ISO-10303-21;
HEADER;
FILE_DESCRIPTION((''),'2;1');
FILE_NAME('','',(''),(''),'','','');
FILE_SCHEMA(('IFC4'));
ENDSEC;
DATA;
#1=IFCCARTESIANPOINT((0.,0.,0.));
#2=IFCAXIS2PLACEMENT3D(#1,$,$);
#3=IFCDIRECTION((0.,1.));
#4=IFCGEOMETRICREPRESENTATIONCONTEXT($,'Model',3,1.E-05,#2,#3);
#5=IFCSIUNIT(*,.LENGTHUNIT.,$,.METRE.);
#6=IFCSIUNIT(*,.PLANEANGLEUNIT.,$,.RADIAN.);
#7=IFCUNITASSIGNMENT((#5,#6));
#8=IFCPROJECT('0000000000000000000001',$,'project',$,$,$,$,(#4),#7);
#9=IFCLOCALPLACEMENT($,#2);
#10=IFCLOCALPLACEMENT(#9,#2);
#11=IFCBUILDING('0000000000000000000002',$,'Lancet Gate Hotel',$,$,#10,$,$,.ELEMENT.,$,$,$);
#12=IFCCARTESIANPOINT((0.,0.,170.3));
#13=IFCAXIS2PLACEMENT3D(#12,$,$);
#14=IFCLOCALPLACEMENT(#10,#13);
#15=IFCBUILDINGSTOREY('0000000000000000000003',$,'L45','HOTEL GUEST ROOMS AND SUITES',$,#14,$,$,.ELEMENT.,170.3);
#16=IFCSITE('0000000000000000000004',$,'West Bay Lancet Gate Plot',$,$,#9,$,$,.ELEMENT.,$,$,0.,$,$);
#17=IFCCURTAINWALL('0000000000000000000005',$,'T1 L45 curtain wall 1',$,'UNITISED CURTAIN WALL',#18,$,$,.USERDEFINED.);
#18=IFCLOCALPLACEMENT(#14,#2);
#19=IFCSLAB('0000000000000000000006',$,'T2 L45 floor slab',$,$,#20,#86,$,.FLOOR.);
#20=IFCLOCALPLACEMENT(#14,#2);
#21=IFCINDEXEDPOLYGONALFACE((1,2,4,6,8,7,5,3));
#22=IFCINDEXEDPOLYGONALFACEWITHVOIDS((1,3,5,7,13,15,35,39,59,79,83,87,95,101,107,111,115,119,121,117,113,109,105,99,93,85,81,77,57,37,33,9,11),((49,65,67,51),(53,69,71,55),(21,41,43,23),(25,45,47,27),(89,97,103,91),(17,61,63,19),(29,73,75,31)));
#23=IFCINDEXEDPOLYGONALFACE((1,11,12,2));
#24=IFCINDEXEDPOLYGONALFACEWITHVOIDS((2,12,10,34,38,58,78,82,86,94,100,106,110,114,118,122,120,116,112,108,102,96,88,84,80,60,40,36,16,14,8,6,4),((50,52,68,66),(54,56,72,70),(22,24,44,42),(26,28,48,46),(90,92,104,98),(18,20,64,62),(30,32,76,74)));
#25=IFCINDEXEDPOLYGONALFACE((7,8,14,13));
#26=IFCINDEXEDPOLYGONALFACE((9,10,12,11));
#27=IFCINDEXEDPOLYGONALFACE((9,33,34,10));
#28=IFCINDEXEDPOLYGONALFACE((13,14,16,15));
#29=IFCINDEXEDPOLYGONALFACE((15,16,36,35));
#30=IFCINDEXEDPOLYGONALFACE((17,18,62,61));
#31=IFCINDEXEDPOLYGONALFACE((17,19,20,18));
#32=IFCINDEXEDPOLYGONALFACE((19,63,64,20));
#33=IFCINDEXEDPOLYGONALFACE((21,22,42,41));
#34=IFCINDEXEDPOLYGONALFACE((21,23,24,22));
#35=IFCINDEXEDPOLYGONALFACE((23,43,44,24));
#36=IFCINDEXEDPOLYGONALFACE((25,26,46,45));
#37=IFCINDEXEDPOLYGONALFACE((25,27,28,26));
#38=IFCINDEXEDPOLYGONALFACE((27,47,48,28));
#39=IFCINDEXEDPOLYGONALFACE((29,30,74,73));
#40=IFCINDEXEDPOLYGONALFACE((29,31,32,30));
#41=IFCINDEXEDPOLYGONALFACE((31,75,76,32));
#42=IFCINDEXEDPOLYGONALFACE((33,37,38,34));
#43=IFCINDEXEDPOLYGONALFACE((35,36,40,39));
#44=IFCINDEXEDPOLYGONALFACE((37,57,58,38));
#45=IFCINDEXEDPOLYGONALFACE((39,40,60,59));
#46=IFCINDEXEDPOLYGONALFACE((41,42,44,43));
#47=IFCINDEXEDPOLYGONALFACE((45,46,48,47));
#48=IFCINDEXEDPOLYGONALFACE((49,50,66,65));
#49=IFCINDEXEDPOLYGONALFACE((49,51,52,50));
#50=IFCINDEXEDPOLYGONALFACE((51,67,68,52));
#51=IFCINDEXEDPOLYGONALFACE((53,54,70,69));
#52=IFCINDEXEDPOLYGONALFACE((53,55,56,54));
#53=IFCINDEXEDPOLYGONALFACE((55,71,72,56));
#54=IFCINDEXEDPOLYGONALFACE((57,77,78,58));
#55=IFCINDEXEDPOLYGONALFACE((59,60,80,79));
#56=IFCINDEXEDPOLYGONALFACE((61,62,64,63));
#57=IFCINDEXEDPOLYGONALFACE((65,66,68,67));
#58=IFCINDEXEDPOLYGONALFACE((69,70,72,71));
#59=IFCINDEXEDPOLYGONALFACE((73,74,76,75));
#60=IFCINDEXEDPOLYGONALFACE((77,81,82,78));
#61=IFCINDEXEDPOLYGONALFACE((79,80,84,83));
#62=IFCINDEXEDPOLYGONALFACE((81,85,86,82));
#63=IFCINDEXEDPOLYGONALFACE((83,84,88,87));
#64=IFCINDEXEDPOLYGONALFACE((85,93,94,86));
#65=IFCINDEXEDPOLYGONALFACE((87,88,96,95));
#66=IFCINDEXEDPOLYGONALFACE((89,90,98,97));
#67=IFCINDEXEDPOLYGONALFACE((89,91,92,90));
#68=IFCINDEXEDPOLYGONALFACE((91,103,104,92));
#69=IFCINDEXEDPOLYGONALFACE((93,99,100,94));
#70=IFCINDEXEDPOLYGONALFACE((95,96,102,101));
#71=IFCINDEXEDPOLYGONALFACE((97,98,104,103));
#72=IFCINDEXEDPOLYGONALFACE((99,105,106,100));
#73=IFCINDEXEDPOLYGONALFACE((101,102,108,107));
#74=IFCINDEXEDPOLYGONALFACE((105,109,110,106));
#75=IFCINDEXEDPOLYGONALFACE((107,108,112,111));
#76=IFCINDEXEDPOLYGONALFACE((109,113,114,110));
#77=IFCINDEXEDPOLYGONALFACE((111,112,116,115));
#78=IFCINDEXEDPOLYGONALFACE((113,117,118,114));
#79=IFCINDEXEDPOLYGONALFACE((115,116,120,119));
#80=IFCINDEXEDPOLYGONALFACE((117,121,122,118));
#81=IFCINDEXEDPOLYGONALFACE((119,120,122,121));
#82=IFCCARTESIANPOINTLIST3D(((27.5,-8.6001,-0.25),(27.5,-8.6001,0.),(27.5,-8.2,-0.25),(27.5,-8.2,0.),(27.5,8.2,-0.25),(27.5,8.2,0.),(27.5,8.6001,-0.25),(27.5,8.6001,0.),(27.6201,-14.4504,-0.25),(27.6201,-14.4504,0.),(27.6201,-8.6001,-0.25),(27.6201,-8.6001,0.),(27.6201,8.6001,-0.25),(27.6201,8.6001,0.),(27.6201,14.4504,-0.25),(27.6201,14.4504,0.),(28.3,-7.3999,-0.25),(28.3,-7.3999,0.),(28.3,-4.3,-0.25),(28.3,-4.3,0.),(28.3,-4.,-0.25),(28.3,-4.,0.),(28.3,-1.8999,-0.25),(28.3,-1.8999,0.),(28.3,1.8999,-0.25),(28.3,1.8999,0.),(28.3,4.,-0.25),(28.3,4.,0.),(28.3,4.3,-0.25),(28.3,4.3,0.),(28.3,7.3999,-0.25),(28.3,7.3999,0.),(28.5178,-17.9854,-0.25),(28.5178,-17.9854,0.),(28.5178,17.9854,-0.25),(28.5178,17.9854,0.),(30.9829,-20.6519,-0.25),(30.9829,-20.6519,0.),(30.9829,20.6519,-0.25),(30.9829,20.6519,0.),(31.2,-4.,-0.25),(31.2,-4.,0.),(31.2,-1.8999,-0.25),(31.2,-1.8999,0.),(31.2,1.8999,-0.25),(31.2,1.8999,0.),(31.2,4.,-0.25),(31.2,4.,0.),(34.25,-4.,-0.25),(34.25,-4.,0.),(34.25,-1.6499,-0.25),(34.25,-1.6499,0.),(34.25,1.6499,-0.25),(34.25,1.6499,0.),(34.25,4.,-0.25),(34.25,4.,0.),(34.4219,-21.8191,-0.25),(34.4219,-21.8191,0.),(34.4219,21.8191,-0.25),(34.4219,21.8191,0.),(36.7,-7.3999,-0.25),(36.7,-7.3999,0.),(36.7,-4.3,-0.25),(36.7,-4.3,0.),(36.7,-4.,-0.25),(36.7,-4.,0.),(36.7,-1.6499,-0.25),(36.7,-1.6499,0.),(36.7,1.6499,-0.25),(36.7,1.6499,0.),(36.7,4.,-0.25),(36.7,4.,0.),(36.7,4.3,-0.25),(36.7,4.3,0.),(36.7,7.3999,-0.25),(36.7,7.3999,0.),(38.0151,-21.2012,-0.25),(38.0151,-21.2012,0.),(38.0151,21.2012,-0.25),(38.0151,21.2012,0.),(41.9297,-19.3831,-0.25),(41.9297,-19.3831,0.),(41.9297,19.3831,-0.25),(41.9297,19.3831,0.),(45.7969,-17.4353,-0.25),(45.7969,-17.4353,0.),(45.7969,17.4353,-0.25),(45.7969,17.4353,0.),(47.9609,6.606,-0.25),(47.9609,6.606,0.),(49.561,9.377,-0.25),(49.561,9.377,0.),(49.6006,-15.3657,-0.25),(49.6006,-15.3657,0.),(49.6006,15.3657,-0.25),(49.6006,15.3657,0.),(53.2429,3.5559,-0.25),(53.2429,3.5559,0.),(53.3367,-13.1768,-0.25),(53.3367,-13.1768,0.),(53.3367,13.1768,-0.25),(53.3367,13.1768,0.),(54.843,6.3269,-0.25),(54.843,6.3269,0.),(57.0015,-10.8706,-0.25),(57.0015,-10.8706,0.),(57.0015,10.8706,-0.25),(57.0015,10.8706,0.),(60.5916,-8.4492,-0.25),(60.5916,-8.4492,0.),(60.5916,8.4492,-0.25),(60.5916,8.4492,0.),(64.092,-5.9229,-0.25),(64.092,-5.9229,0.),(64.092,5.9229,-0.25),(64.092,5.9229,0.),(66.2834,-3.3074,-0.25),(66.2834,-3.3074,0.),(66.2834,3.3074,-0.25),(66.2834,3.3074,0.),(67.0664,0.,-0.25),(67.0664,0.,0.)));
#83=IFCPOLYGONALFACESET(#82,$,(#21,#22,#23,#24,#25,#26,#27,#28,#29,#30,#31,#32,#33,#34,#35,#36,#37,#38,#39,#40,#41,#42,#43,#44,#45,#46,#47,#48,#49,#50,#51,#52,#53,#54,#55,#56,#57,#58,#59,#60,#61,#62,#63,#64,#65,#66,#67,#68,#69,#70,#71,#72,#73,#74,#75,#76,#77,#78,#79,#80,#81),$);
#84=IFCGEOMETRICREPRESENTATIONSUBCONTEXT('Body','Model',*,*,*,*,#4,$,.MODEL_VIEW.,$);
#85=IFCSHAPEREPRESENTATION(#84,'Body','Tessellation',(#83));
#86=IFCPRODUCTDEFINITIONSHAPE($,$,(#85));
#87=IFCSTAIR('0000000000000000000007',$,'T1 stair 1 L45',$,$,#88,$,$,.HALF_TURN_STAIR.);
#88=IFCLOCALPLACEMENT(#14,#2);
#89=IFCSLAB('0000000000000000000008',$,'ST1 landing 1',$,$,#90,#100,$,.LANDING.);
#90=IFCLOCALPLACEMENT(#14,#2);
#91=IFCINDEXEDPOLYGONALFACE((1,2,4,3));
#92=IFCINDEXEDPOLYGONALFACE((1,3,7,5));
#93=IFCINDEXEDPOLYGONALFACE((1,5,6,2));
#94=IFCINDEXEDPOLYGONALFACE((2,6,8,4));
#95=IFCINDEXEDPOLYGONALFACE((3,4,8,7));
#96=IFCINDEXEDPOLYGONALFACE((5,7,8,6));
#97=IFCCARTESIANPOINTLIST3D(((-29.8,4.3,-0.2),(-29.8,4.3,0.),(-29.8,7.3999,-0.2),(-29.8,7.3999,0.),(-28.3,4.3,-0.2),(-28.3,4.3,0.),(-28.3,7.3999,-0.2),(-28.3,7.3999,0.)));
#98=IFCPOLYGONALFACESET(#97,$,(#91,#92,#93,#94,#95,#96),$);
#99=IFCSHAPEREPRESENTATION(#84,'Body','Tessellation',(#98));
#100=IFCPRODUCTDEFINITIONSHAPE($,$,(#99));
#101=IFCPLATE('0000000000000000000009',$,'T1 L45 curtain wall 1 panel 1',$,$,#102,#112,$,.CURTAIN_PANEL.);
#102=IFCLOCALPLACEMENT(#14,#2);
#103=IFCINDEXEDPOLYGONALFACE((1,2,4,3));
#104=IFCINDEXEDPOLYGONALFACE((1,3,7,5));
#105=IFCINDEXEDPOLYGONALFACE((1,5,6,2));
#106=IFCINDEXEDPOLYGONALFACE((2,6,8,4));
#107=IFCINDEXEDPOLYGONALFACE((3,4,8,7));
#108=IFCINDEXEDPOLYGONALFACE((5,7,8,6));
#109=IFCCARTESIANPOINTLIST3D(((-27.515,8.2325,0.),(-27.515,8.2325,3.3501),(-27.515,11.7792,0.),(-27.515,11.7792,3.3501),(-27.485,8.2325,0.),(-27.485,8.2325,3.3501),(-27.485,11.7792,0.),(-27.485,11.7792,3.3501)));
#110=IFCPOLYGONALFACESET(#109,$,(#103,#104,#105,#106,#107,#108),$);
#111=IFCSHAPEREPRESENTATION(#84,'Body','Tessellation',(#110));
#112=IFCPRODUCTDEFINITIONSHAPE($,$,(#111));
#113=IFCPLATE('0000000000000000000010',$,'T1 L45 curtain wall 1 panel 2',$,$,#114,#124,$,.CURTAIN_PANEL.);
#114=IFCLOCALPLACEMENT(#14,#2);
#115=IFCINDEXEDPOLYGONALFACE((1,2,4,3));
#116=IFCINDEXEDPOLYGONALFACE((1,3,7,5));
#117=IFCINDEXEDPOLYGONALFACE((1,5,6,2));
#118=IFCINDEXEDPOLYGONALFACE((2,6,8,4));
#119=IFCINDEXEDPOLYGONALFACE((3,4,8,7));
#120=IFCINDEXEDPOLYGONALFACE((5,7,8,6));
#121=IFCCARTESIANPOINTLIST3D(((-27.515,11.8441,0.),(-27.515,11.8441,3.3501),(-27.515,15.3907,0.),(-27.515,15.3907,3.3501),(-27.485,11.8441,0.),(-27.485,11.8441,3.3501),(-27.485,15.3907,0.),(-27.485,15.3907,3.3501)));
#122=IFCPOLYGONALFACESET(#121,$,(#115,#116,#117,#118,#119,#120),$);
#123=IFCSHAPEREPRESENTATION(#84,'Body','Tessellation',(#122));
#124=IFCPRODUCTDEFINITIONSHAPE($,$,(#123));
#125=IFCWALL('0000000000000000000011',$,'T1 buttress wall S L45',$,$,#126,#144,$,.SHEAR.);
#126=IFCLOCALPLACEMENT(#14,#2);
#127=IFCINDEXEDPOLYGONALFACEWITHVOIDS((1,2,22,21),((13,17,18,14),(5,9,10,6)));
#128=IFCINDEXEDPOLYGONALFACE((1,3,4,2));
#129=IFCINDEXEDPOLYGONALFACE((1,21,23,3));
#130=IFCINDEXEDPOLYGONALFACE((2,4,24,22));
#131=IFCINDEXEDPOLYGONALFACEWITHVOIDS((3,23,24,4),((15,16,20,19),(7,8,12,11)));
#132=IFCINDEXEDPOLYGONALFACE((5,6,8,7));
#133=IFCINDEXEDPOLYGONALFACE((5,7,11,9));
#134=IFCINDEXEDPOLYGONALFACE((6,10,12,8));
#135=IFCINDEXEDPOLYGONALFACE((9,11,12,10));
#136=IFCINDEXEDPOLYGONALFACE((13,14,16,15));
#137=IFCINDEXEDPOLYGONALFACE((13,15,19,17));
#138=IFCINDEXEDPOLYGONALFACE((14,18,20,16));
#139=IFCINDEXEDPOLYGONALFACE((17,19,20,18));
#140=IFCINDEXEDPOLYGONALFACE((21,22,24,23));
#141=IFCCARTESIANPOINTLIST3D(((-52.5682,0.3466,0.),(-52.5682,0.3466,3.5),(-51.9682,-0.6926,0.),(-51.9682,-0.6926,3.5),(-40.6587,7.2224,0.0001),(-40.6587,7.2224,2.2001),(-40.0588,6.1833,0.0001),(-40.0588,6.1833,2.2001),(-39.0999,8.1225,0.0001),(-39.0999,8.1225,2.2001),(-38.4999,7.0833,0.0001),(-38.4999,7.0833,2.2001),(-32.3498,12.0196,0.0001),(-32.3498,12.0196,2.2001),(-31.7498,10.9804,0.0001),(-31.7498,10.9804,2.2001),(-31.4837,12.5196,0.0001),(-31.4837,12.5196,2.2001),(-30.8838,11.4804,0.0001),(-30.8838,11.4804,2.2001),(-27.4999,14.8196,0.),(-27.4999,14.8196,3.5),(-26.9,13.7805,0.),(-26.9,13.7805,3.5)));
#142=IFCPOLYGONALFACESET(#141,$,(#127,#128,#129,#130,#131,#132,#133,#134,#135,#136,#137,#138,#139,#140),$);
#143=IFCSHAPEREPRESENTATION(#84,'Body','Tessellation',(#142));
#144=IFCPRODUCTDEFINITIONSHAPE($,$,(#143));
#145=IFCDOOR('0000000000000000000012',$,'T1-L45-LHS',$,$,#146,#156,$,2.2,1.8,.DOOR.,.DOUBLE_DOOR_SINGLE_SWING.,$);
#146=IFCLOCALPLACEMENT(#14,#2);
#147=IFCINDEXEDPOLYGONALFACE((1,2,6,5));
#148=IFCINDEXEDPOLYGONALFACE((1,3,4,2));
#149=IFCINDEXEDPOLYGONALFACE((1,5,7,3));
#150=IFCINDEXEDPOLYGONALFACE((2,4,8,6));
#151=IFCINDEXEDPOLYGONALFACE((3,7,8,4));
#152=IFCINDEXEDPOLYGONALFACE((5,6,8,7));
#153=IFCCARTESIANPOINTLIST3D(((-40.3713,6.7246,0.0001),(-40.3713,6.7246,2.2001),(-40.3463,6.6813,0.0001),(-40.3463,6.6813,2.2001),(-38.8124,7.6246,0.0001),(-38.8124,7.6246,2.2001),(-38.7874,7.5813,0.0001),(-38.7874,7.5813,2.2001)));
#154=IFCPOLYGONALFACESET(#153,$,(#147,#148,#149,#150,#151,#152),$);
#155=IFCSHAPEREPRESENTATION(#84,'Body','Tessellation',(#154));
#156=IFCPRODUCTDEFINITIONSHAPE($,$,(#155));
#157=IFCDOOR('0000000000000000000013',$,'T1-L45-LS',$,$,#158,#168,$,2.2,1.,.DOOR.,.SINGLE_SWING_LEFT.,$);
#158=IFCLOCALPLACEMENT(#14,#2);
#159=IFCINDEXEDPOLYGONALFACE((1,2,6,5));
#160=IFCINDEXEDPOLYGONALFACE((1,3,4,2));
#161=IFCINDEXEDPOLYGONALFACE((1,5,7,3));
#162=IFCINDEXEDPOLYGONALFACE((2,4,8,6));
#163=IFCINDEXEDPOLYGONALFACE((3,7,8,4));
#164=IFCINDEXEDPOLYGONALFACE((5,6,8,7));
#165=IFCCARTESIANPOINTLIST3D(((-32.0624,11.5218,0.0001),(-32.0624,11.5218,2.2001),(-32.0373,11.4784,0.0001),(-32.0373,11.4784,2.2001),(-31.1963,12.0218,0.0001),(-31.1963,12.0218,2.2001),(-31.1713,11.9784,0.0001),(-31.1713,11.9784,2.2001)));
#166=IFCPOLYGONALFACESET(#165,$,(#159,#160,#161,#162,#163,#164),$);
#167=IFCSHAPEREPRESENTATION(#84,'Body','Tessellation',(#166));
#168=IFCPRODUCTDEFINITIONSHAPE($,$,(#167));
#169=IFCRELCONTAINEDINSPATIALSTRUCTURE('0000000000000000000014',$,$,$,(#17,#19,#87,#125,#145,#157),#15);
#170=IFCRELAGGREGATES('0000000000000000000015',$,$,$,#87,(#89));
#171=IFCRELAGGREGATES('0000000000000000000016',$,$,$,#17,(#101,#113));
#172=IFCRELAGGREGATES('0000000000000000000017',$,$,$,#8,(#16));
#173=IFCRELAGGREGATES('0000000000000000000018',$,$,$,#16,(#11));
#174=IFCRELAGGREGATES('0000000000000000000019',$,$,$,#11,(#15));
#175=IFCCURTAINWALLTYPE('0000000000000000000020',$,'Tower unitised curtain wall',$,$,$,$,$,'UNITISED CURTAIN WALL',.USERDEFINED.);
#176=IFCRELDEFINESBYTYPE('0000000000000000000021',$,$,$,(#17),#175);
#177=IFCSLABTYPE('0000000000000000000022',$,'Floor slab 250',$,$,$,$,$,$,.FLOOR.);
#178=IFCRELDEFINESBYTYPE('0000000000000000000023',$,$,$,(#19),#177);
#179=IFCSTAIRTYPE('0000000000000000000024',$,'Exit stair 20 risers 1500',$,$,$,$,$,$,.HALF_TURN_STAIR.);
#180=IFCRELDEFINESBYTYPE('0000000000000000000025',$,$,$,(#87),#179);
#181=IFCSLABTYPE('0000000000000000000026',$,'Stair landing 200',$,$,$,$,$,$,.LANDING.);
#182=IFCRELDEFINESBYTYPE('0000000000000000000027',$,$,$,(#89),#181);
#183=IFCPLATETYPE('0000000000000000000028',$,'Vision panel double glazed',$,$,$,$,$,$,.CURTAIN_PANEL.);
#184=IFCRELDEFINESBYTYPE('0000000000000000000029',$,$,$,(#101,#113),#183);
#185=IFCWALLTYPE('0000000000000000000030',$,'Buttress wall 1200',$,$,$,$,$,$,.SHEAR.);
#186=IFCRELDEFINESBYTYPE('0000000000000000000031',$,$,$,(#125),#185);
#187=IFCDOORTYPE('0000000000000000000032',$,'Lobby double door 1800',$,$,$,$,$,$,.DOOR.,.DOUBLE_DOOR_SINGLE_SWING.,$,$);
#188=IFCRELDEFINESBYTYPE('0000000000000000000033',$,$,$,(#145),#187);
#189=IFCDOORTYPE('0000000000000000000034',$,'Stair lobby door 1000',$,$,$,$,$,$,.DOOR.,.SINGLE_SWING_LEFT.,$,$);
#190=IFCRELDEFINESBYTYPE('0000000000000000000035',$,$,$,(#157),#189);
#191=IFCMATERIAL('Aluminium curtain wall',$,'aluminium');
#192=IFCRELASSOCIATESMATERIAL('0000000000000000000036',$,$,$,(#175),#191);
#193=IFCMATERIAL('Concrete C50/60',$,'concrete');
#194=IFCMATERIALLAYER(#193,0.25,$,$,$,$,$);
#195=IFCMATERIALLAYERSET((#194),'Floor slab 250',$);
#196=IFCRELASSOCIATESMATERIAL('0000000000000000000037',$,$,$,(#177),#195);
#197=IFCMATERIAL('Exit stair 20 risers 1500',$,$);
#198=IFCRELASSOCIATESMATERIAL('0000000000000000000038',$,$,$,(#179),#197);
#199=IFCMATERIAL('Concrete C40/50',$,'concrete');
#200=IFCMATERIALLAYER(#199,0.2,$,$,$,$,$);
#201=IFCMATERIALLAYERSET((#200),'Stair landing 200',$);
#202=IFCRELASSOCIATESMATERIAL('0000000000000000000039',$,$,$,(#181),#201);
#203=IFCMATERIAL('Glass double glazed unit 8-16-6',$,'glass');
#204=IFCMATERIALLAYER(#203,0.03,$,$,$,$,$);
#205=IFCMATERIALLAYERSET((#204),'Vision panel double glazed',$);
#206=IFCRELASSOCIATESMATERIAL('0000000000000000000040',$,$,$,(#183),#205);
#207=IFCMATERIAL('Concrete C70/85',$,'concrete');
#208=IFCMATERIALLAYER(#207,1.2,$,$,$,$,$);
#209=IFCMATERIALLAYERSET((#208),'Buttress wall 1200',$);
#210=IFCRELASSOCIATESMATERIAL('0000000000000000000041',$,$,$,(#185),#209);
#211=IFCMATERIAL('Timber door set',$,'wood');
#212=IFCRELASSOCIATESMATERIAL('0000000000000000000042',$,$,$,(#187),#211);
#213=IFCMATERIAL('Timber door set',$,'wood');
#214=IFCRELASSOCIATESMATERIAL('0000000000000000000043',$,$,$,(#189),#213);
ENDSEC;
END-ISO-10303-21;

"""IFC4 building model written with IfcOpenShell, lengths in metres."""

from ifc_helpers import new_model, si_unit, direction, frame, frame_2d, origin, origin_2d, place, context, subcontext, project, spatial, polyline, rectangle, outline, extrude, material, layer, layer_set, type_object, element, fill, aggregate, save


model = new_model("IFC4")

# Units and contexts
model_context = context("Model", 3, precision=1e-05, world=origin(), true_north=direction((0.0, 1.0)))
body_context = subcontext(model_context, "Body", "Model", "MODEL_VIEW")
ifc_project = project(units=[si_unit("LENGTHUNIT", "METRE"), si_unit("PLANEANGLEUNIT", "RADIAN")], contexts=[model_context])

# Site, building, storey
site_placement = place(None, origin())
site = spatial("IfcSite", under=ifc_project, at=site_placement, Name="West Bay Lancet Gate Plot", CompositionType="ELEMENT", RefElevation=0.0)
building_placement = place(site_placement, origin())
building = spatial("IfcBuilding", under=site, at=building_placement, Name="Lancet Gate Hotel", CompositionType="ELEMENT")
storey_placement = place(building_placement, frame((0.0, 0.0, 170.3)))
storey = spatial("IfcBuildingStorey", under=building, at=storey_placement, Name="L45", Description="HOTEL GUEST ROOMS AND SUITES", CompositionType="ELEMENT", Elevation=170.3)

# Curtain wall
ifc_material_1 = material(Name="Aluminium curtain wall", Category="aluminium")
curtain_wall_type = type_object("IfcCurtainWallType", Name="Tower unitised curtain wall", ElementType="UNITISED CURTAIN WALL", PredefinedType="USERDEFINED", material=ifc_material_1)
curtain_wall_placement = place(storey_placement, origin())
curtain_wall = element("IfcCurtainWall", 1, at=curtain_wall_placement, inside=storey, type_object=curtain_wall_type, Name="T1 L45 curtain wall 1", ObjectType="UNITISED CURTAIN WALL", PredefinedType="USERDEFINED")

# Slab
ifc_material_2 = material(Name="Concrete C50/60", Category="concrete")
ifc_layer_1 = layer(ifc_material_2, 0.25)
ifc_layer_set_1 = layer_set([ifc_layer_1], Name="Floor slab 250")
slab_type_1 = type_object("IfcSlabType", Name="Floor slab 250", PredefinedType="FLOOR", material=ifc_layer_set_1)
slab_1_placement = place(storey_placement, frame((0.0, 0.0, -0.25)))
element("IfcSlab", 2, at=slab_1_placement, inside=storey, type_object=slab_type_1, Name="T2 L45 floor slab", PredefinedType="FLOOR", context=body_context, shape_type="SweptSolid", body=[
    extrude(outline(polyline([(27.5, -8.6001), (27.6201, -8.6001), (27.6201, -14.4504), (28.5178, -17.9854), (30.9829, -20.6519), (34.4219, -21.8191), (38.0151, -21.2012), (41.9297, -19.3831), (45.7969, -17.4353), (49.6006, -15.3657), (53.3367, -13.1768), (57.0015, -10.8706), (60.5916, -8.4492), (64.092, -5.9229), (66.2834, -3.3074), (67.0664, 0.0), (66.2834, 3.3074), (64.092, 5.9229), (60.5916, 8.4492), (57.0015, 10.8706), (53.3367, 13.1768), (49.6006, 15.3657), (45.7969, 17.4353), (41.9297, 19.3831), (38.0151, 21.2012), (34.4219, 21.8191), (30.9829, 20.6519), (28.5178, 17.9854), (27.6201, 14.4504), (27.6201, 8.6001), (27.5, 8.6001), (27.5, 8.2), (27.5, -8.2), (27.5, -8.6001)]), holes=[polyline([(36.7, -7.3999), (36.7, -4.3), (28.3, -4.3), (28.3, -7.3999), (36.7, -7.3999)]), polyline([(28.3, -4.0), (31.2, -4.0), (31.2, -1.8999), (28.3, -1.8999), (28.3, -4.0)]), polyline([(34.25, -4.0), (36.7, -4.0), (36.7, -1.6499), (34.25, -1.6499), (34.25, -4.0)]), polyline([(36.7, 1.6499), (36.7, 4.0), (34.25, 4.0), (34.25, 1.6499), (36.7, 1.6499)]), polyline([(28.3, 1.8999), (31.2, 1.8999), (31.2, 4.0), (28.3, 4.0), (28.3, 1.8999)]), polyline([(28.3, 4.3), (36.7, 4.3), (36.7, 7.3999), (28.3, 7.3999), (28.3, 4.3)]), polyline([(53.2429, 3.5559), (54.843, 6.3269), (49.561, 9.377), (47.9609, 6.606), (53.2429, 3.5559)])]), origin(), (0.0, 0.0, 1.0), 0.25),
])

# Stair, slab
ifc_material_3 = material(Name="Exit stair 20 risers 1500")
stair_type = type_object("IfcStairType", Name="Exit stair 20 risers 1500", PredefinedType="HALF_TURN_STAIR", material=ifc_material_3)
stair_placement = place(storey_placement, origin())
stair = element("IfcStair", 3, at=stair_placement, inside=storey, type_object=stair_type, Name="T1 stair 1 L45", PredefinedType="HALF_TURN_STAIR")
ifc_material_4 = material(Name="Concrete C40/50", Category="concrete")
ifc_layer_2 = layer(ifc_material_4, 0.2)
ifc_layer_set_2 = layer_set([ifc_layer_2], Name="Stair landing 200")
slab_type_2 = type_object("IfcSlabType", Name="Stair landing 200", PredefinedType="LANDING", material=ifc_layer_set_2)
slab_2_placement = place(storey_placement, frame((0.0, 0.0, -0.2)))
slab_2 = element("IfcSlab", 4, at=slab_2_placement, type_object=slab_type_2, Name="ST1 landing 1", PredefinedType="LANDING", context=body_context, shape_type="SweptSolid", body=[
    extrude(outline(polyline([(-28.3, 7.3999), (-29.8, 7.3999), (-29.8, 4.3), (-28.3, 4.3), (-28.3, 7.3999)])), origin(), (0.0, 0.0, 1.0), 0.2),
])
aggregate(stair, [slab_2])

# Plates
ifc_material_5 = material(Name="Glass double glazed unit 8-16-6", Category="glass")
ifc_layer_3 = layer(ifc_material_5, 0.03)
ifc_layer_set_3 = layer_set([ifc_layer_3], Name="Vision panel double glazed")
plate_type = type_object("IfcPlateType", Name="Vision panel double glazed", PredefinedType="CURTAIN_PANEL", material=ifc_layer_set_3)
plate_1_placement = place(storey_placement, frame((-27.5, 10.0059, 0.0), z_axis=(0.0, 0.0, 1.0), x_axis=(0.0, 1.0, 0.0)))
plate_1 = element("IfcPlate", 5, at=plate_1_placement, type_object=plate_type, Name="T1 L45 curtain wall 1 panel 1", PredefinedType="CURTAIN_PANEL", context=body_context, shape_type="SweptSolid", body=[
    extrude(rectangle(XDim=3.5466, YDim=0.03, at=origin_2d()), origin(), (0.0, 0.0, 1.0), 3.3501),
])
plate_2_placement = place(storey_placement, frame((-27.5, 13.6174, 0.0), z_axis=(0.0, 0.0, 1.0), x_axis=(0.0, 1.0, 0.0)))
plate_2 = element("IfcPlate", 6, at=plate_2_placement, type_object=plate_type, Name="T1 L45 curtain wall 1 panel 2", PredefinedType="CURTAIN_PANEL", context=body_context, shape_type="SweptSolid", body=[
    extrude(rectangle(XDim=3.5466, YDim=0.03, at=origin_2d()), origin(), (0.0, 0.0, 1.0), 3.3501),
])
aggregate(curtain_wall, [plate_1, plate_2])

# Wall, openings, doors
ifc_material_6 = material(Name="Concrete C70/85", Category="concrete")
ifc_layer_4 = layer(ifc_material_6, 1.2)
ifc_layer_set_4 = layer_set([ifc_layer_4], Name="Buttress wall 1200")
wall_type_1 = type_object("IfcWallType", Name="Buttress wall 1200", PredefinedType="SHEAR", material=ifc_layer_set_4)
wall_1_placement = place(storey_placement, frame((-27.2, 14.3, 0.0), z_axis=(0.0, 0.0, 1.0), x_axis=(-0.866027, -0.499998, 0.0)))
wall_1 = element("IfcWall", 7, at=wall_1_placement, inside=storey, type_object=wall_type_1, Name="T1 buttress wall S L45", PredefinedType="SHEAR", context=body_context, shape_type="SweptSolid", body=[
    extrude(rectangle(XDim=28.9463, YDim=1.2, at=frame_2d((14.4731, 0.0))), origin(), (0.0, 0.0, 1.0), 3.5),
])
opening_1_placement = place(wall_1_placement, frame((4.6001, 0.0, 0.0)))
opening_1 = element("IfcOpeningElement", 8, at=opening_1_placement, cuts=wall_1, PredefinedType="OPENING", context=body_context, shape_type="SweptSolid", body=[
    extrude(rectangle(XDim=1.0, YDim=2.2, at=frame_2d((0.5, 1.1001))), frame((0.0, 0.6099, 0.0), z_axis=(0.0, -1.0, 0.0), x_axis=(1.0, 0.0, 0.0)), (0.0, 0.0, 1.0), 1.22),
])
opening_2_placement = place(wall_1_placement, frame((13.3945, 0.0, 0.0)))
opening_2 = element("IfcOpeningElement", 9, at=opening_2_placement, cuts=wall_1, PredefinedType="OPENING", context=body_context, shape_type="SweptSolid", body=[
    extrude(rectangle(XDim=1.8, YDim=2.2, at=frame_2d((0.8999, 1.1001))), frame((0.0, 0.6099, 0.0), z_axis=(0.0, -1.0, 0.0), x_axis=(1.0, 0.0, 0.0)), (0.0, 0.0, 1.0), 1.22),
])
ifc_material_7 = material(Name="Timber door set", Category="wood")
door_type_1 = type_object("IfcDoorType", Name="Lobby double door 1800", OperationType="DOUBLE_DOOR_SINGLE_SWING", PredefinedType="DOOR", material=ifc_material_7)
door_1_placement = place(opening_2_placement, origin())
door_1 = element("IfcDoor", 10, at=door_1_placement, inside=storey, type_object=door_type_1, Name="T1-L45-LHS", OperationType="DOUBLE_DOOR_SINGLE_SWING", OverallHeight=2.2, OverallWidth=1.8, PredefinedType="DOOR", context=body_context, shape_type="SweptSolid", body=[
    extrude(rectangle(XDim=1.8, YDim=2.2, at=frame_2d((0.8999, 1.1001))), frame((0.0, 0.0249, 0.0), z_axis=(0.0, -1.0, 0.0), x_axis=(1.0, 0.0, 0.0)), (0.0, 0.0, 1.0), 0.05),
])
fill(opening_2, door_1)
ifc_material_8 = material(Name="Timber door set", Category="wood")
door_type_2 = type_object("IfcDoorType", Name="Stair lobby door 1000", OperationType="SINGLE_SWING_LEFT", PredefinedType="DOOR", material=ifc_material_8)
door_2_placement = place(opening_1_placement, origin())
door_2 = element("IfcDoor", 11, at=door_2_placement, inside=storey, type_object=door_type_2, Name="T1-L45-LS", OperationType="SINGLE_SWING_LEFT", OverallHeight=2.2, OverallWidth=1.0, PredefinedType="DOOR", context=body_context, shape_type="SweptSolid", body=[
    extrude(rectangle(XDim=1.0, YDim=2.2, at=frame_2d((0.5, 1.1001))), frame((0.0, 0.0249, 0.0), z_axis=(0.0, -1.0, 0.0), x_axis=(1.0, 0.0, 0.0)), (0.0, 0.0, 1.0), 0.05),
])
fill(opening_1, door_2)

save(model, "model.ifc")
